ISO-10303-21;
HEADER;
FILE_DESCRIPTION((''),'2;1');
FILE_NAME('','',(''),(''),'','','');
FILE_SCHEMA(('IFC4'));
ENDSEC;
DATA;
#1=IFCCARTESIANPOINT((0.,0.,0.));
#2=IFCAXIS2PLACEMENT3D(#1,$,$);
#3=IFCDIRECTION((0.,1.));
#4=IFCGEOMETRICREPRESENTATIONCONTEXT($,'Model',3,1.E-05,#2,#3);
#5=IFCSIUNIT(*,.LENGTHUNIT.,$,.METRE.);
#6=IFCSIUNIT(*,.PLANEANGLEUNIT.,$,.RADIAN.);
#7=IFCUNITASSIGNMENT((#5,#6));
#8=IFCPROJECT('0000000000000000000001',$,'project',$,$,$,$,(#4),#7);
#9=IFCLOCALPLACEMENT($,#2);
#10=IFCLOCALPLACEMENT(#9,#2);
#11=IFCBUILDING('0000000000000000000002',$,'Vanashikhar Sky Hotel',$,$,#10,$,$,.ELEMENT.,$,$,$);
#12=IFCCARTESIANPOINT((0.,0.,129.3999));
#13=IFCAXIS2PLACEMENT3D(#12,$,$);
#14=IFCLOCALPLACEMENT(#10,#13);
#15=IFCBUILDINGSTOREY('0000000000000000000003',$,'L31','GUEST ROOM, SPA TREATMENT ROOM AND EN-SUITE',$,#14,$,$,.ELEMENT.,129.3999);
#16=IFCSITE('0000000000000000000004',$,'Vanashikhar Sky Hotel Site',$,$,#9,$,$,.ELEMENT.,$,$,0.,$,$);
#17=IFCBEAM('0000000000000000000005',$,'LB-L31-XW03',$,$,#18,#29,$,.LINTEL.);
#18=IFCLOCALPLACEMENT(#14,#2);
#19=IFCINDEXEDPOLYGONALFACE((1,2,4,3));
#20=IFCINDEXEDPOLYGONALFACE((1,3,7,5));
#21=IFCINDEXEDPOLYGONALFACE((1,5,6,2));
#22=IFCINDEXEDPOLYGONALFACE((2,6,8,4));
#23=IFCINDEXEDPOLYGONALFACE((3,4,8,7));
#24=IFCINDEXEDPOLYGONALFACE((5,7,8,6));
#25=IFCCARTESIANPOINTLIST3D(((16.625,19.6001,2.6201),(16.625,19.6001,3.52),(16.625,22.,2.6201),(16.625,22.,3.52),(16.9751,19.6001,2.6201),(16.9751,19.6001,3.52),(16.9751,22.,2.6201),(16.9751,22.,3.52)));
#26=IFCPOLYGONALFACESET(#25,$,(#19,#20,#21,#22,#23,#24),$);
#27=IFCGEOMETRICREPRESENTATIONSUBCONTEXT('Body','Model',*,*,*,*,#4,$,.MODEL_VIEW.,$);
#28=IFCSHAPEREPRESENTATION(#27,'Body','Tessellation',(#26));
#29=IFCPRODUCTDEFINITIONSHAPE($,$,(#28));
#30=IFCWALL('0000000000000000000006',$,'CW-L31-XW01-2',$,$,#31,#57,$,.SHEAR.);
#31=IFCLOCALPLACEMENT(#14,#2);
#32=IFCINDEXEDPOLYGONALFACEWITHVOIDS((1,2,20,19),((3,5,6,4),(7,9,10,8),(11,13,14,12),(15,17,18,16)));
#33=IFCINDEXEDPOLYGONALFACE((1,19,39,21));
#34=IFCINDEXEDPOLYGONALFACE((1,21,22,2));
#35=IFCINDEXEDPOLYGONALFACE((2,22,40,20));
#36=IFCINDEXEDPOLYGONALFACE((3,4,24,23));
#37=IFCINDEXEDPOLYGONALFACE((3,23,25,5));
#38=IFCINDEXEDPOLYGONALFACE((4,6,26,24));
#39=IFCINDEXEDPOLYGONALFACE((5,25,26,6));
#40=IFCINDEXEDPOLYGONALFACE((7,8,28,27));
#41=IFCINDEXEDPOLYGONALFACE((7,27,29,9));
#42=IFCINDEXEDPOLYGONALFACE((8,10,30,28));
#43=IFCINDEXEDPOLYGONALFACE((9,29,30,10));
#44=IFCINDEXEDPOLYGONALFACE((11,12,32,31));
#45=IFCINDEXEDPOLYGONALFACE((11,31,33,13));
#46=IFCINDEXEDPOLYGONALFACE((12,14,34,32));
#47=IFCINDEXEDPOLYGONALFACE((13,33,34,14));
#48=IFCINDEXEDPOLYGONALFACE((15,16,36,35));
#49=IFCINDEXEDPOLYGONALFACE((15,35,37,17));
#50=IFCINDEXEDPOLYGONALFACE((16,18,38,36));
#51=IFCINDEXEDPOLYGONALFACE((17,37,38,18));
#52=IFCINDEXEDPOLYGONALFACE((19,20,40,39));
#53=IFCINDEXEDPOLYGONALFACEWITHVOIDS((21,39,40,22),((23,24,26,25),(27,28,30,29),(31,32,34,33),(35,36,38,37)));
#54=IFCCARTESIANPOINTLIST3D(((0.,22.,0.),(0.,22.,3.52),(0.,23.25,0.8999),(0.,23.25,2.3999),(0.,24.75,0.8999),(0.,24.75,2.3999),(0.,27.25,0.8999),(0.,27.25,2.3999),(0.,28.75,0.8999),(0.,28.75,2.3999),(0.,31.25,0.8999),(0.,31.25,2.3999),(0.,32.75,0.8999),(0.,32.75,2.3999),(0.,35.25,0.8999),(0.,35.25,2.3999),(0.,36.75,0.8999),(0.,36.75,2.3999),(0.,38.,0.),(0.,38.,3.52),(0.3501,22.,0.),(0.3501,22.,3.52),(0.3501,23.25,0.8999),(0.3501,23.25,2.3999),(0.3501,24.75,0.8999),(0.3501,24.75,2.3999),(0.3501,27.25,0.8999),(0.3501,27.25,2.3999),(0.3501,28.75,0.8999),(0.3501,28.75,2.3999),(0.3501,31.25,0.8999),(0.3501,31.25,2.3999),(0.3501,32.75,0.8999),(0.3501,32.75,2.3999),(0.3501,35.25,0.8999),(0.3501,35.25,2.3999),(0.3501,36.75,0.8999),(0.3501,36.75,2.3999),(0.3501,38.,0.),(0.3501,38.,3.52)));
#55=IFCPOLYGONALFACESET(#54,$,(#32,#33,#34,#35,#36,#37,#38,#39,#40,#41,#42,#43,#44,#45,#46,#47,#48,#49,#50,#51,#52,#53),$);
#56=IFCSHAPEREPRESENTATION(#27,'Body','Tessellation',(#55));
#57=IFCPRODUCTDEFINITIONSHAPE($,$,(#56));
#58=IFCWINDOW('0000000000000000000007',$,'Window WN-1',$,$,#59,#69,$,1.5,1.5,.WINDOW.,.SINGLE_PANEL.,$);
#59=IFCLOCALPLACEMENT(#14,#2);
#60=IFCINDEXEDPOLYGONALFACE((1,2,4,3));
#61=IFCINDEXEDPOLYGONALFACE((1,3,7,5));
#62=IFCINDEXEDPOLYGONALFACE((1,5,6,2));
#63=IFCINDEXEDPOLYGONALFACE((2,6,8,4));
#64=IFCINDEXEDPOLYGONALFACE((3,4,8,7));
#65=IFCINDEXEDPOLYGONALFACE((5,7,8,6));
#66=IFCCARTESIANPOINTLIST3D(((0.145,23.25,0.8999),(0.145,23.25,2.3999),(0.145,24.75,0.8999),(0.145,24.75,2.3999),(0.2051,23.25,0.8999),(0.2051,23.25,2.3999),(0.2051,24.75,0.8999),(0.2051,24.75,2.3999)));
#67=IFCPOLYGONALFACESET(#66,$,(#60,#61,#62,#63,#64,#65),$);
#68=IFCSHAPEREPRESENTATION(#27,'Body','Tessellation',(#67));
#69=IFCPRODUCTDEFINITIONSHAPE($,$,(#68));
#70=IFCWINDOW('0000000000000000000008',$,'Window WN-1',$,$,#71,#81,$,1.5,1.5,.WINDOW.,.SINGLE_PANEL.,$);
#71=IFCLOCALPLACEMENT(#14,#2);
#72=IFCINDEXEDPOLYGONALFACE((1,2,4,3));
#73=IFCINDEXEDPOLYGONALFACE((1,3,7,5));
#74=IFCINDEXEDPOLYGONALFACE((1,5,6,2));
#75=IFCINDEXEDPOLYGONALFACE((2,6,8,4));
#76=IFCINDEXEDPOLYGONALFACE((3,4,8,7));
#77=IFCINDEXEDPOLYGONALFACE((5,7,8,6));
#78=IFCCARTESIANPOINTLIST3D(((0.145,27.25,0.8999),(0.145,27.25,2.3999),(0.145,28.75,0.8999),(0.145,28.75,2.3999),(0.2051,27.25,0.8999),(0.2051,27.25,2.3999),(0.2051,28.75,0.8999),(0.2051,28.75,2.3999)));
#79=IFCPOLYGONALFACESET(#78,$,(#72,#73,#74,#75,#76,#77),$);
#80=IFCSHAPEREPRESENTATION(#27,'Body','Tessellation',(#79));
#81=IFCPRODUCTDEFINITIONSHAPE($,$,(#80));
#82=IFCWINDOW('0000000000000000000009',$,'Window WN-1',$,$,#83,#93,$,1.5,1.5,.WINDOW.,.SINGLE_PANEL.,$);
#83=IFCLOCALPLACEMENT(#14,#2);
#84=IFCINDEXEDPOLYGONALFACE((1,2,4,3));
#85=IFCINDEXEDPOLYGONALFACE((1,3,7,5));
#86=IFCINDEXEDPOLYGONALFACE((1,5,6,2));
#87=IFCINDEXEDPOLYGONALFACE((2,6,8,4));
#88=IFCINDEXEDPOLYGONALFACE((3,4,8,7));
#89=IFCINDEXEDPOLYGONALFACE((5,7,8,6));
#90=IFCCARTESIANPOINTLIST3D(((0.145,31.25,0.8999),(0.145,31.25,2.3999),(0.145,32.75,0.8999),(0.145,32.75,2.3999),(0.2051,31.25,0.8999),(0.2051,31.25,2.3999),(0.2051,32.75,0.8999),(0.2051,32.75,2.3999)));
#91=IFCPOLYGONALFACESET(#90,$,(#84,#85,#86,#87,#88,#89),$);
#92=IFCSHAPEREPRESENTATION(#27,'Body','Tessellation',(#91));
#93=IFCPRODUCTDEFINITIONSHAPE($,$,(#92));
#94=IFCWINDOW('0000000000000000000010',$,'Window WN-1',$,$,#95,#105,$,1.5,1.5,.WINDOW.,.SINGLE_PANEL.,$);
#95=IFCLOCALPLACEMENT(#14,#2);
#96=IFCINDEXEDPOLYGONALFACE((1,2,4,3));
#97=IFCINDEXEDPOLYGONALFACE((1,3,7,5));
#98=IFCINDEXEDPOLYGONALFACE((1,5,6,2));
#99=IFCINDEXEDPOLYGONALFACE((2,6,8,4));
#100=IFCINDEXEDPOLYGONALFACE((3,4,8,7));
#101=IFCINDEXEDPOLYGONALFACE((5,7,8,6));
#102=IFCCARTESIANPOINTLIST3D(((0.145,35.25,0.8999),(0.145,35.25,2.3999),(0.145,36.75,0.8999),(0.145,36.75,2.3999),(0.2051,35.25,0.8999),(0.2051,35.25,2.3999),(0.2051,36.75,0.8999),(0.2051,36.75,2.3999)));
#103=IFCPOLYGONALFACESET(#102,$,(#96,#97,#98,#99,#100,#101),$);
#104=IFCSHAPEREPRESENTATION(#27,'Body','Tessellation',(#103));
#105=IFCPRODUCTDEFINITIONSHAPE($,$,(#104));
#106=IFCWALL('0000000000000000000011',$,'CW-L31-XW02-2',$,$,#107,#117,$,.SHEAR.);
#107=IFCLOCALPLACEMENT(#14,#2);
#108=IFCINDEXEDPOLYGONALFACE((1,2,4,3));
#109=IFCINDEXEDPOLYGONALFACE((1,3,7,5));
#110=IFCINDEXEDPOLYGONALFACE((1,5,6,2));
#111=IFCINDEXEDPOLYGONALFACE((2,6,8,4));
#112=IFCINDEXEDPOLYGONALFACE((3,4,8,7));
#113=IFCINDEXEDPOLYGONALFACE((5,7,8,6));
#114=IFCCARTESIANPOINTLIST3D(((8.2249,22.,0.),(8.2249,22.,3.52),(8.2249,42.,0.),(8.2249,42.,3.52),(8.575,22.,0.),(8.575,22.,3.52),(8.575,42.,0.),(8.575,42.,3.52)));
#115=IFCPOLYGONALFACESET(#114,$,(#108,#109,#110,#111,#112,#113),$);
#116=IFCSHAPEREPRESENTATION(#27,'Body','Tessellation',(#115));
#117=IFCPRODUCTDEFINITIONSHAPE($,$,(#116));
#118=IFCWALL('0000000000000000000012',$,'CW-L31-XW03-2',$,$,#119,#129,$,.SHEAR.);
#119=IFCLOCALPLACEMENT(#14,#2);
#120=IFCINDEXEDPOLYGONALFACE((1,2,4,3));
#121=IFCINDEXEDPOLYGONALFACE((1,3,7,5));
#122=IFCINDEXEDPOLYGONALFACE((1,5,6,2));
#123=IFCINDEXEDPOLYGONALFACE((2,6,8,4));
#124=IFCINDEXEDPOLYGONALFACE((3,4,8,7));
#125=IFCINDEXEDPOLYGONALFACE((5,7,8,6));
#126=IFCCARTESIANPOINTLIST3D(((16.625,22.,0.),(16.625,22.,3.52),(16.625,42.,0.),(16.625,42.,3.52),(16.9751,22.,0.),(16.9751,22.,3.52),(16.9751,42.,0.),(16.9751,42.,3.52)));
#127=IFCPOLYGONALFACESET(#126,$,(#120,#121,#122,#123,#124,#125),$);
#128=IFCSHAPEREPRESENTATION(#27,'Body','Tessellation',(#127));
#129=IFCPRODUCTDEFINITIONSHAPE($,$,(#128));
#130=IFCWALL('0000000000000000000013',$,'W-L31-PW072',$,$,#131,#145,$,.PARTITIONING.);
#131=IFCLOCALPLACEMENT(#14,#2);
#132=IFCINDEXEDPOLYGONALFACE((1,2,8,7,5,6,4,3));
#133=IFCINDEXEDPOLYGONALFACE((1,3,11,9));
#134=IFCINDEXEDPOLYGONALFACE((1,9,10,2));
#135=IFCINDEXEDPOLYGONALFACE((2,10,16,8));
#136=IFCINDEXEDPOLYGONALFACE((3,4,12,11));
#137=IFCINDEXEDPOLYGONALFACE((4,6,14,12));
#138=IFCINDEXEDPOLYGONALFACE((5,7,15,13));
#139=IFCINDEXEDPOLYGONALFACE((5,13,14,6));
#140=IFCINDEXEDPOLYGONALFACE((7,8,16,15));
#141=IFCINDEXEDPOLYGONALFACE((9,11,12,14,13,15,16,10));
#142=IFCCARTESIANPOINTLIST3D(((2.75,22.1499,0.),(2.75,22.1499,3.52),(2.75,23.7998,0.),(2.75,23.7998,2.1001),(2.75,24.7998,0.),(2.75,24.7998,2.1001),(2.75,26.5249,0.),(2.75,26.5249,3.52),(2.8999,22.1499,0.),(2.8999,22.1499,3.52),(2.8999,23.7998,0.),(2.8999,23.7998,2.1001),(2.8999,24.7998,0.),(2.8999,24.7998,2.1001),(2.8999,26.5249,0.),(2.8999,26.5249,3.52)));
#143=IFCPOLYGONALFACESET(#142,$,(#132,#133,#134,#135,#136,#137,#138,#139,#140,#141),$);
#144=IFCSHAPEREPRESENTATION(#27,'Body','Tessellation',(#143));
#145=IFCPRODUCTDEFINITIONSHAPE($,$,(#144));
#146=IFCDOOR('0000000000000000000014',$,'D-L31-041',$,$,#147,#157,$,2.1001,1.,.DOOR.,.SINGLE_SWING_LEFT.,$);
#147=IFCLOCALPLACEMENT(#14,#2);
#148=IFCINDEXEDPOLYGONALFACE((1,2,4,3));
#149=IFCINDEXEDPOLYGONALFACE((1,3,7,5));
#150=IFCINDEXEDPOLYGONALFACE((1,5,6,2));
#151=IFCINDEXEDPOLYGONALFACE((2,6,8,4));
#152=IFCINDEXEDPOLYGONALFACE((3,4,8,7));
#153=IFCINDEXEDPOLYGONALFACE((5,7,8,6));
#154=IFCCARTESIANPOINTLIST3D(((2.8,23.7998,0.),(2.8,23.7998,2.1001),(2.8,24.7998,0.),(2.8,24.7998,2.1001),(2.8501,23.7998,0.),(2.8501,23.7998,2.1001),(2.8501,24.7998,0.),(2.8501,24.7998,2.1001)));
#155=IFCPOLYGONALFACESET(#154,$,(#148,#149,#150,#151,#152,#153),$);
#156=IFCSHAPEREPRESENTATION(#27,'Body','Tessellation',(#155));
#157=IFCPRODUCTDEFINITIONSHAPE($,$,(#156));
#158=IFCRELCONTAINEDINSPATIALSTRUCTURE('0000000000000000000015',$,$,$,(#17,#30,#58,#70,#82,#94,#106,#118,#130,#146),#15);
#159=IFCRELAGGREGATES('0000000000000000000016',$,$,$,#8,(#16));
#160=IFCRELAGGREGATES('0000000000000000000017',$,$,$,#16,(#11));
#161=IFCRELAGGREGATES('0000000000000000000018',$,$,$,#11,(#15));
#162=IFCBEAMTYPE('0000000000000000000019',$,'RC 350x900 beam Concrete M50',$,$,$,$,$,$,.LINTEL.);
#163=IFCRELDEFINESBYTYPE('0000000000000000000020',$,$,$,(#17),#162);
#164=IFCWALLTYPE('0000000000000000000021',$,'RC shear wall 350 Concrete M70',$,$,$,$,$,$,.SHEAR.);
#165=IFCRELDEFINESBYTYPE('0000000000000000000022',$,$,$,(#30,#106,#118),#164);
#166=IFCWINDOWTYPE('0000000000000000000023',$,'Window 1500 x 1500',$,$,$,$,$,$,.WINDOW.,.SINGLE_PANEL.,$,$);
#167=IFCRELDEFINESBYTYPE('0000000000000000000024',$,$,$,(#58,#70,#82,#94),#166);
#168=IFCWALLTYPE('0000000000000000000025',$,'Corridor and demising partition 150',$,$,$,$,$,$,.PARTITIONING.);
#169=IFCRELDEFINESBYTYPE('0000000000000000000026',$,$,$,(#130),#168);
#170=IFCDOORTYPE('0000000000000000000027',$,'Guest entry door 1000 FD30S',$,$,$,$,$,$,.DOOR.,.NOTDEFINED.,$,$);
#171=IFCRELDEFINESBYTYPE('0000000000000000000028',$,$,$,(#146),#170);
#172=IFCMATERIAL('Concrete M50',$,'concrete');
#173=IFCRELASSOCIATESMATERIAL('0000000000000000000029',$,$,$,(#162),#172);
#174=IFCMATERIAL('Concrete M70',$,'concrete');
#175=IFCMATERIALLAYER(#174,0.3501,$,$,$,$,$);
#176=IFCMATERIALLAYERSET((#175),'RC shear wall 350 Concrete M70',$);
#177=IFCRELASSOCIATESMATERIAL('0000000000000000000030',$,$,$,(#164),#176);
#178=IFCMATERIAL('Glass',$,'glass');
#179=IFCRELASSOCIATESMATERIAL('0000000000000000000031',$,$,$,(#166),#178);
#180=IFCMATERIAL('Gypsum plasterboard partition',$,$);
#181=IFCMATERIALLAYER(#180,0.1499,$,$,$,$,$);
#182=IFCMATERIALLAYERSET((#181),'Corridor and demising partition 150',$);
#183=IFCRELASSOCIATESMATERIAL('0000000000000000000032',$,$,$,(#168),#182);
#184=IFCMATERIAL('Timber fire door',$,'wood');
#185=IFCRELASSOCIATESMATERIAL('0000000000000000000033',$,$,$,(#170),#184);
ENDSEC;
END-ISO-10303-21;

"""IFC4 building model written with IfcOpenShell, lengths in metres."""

from ifc_helpers import new_model, si_unit, direction, frame, frame_2d, origin, origin_2d, place, context, subcontext, project, spatial, rectangle, extrude, source, transform, mapped, material, layer, layer_set, material_profile, profile_set, type_object, element, fill, save


model = new_model("IFC4")

# Units and contexts
model_context = context("Model", 3, precision=1e-05, world=origin(), true_north=direction((0.0, 1.0)))
body_context = subcontext(model_context, "Body", "Model", "MODEL_VIEW")
ifc_project = project(units=[si_unit("LENGTHUNIT", "METRE"), si_unit("PLANEANGLEUNIT", "RADIAN")], contexts=[model_context])

# Site, building, storey
site_placement = place(None, origin())
site = spatial("IfcSite", under=ifc_project, at=site_placement, Name="Vanashikhar Sky Hotel Site", CompositionType="ELEMENT", RefElevation=0.0)
building_placement = place(site_placement, origin())
building = spatial("IfcBuilding", under=site, at=building_placement, Name="Vanashikhar Sky Hotel", CompositionType="ELEMENT")
storey_placement = place(building_placement, frame((0.0, 0.0, 129.3999)))
storey = spatial("IfcBuildingStorey", under=building, at=storey_placement, Name="L31", Description="GUEST ROOM, SPA TREATMENT ROOM AND EN-SUITE", CompositionType="ELEMENT", Elevation=129.3999)

# Beam
ifc_material_1 = material(Name="Concrete M50", Category="concrete")
ifc_material_profile = material_profile(ifc_material_1, rectangle(XDim=0.3501, YDim=0.8999, at=origin_2d()))
ifc_profile_set = profile_set([ifc_material_profile], Name="RC 350x900 beam Concrete M50")
beam_type = type_object("IfcBeamType", Name="RC 350x900 beam Concrete M50", PredefinedType="LINTEL", material=ifc_profile_set)
shared_shape_1 = source(origin(), body_context, "Body", "SweptSolid", [
    extrude(rectangle(XDim=0.3501, YDim=0.8999, at=origin_2d()), origin(), (0.0, 0.0, 1.0), 2.3999),
])
beam_placement = place(storey_placement, frame((16.8, 19.6001, 3.0701), z_axis=(0.0, 1.0, 0.0), x_axis=(-1.0, 0.0, 0.0)))
element("IfcBeam", 1, at=beam_placement, inside=storey, type_object=beam_type, Name="LB-L31-XW03", PredefinedType="LINTEL", context=body_context, shape_type="MappedRepresentation", body=[
    mapped(shared_shape_1, transform((0.0, 0.0, 0.0), scale=1.0)),
])

# Wall, openings, windows
ifc_material_2 = material(Name="Concrete M70", Category="concrete")
ifc_layer_1 = layer(ifc_material_2, 0.3501)
ifc_layer_set_1 = layer_set([ifc_layer_1], Name="RC shear wall 350 Concrete M70")
wall_type_1 = type_object("IfcWallType", Name="RC shear wall 350 Concrete M70", PredefinedType="SHEAR", material=ifc_layer_set_1)
shared_shape_2 = source(origin(), body_context, "Body", "SweptSolid", [
    extrude(rectangle(XDim=16.0, YDim=0.3501, at=frame_2d((8.0, 0.0))), origin(), (0.0, 0.0, 1.0), 3.52),
])
wall_1_placement = place(storey_placement, frame((0.175, 22.0, 0.0), z_axis=(0.0, 0.0, 1.0), x_axis=(0.0, 1.0, 0.0)))
wall_1 = element("IfcWall", 2, at=wall_1_placement, inside=storey, type_object=wall_type_1, Name="CW-L31-XW01-2", PredefinedType="SHEAR", context=body_context, shape_type="MappedRepresentation", body=[
    mapped(shared_shape_2, transform((0.0, 0.0, 0.0), scale=1.0)),
])
shared_shape_3 = source(origin(), body_context, "Body", "SweptSolid", [
    extrude(rectangle(XDim=1.5, YDim=1.5, at=frame_2d((0.75, 0.75))), frame((0.0, 0.1851, 0.0), z_axis=(0.0, -1.0, 0.0), x_axis=(1.0, 0.0, 0.0)), (0.0, 0.0, 1.0), 0.3701),
])
opening_1_placement = place(wall_1_placement, frame((1.25, 0.0, 0.8999)))
opening_1 = element("IfcOpeningElement", 3, at=opening_1_placement, cuts=wall_1, PredefinedType="OPENING", context=body_context, shape_type="MappedRepresentation", body=[
    mapped(shared_shape_3, transform((0.0, 0.0, 0.0), scale=1.0)),
])
opening_2_placement = place(wall_1_placement, frame((5.25, 0.0, 0.8999)))
opening_2 = element("IfcOpeningElement", 4, at=opening_2_placement, cuts=wall_1, PredefinedType="OPENING", context=body_context, shape_type="MappedRepresentation", body=[
    mapped(shared_shape_3, transform((0.0, 0.0, 0.0), scale=1.0)),
])
opening_3_placement = place(wall_1_placement, frame((9.25, 0.0, 0.8999)))
opening_3 = element("IfcOpeningElement", 5, at=opening_3_placement, cuts=wall_1, PredefinedType="OPENING", context=body_context, shape_type="MappedRepresentation", body=[
    mapped(shared_shape_3, transform((0.0, 0.0, 0.0), scale=1.0)),
])
opening_4_placement = place(wall_1_placement, frame((13.25, 0.0, 0.8999)))
opening_4 = element("IfcOpeningElement", 6, at=opening_4_placement, cuts=wall_1, PredefinedType="OPENING", context=body_context, shape_type="MappedRepresentation", body=[
    mapped(shared_shape_3, transform((0.0, 0.0, 0.0), scale=1.0)),
])
ifc_material_3 = material(Name="Glass", Category="glass")
window_type = type_object("IfcWindowType", Name="Window 1500 x 1500", PartitioningType="SINGLE_PANEL", PredefinedType="WINDOW", material=ifc_material_3)
shared_shape_4 = source(origin(), body_context, "Body", "SweptSolid", [
    extrude(rectangle(XDim=1.5, YDim=1.5, at=frame_2d((0.75, 0.75))), frame((0.0, 0.03, 0.0), z_axis=(0.0, -1.0, 0.0), x_axis=(1.0, 0.0, 0.0)), (0.0, 0.0, 1.0), 0.0601),
])
window_1_placement = place(opening_1_placement, origin())
window_1 = element("IfcWindow", 7, at=window_1_placement, inside=storey, type_object=window_type, Name="Window WN-1", OverallHeight=1.5, OverallWidth=1.5, PartitioningType="SINGLE_PANEL", PredefinedType="WINDOW", context=body_context, shape_type="MappedRepresentation", body=[
    mapped(shared_shape_4, transform((0.0, 0.0, 0.0), scale=1.0)),
])
fill(opening_1, window_1)
window_2_placement = place(opening_2_placement, origin())
window_2 = element("IfcWindow", 8, at=window_2_placement, inside=storey, type_object=window_type, Name="Window WN-1", OverallHeight=1.5, OverallWidth=1.5, PartitioningType="SINGLE_PANEL", PredefinedType="WINDOW", context=body_context, shape_type="MappedRepresentation", body=[
    mapped(shared_shape_4, transform((0.0, 0.0, 0.0), scale=1.0)),
])
fill(opening_2, window_2)
window_3_placement = place(opening_3_placement, origin())
window_3 = element("IfcWindow", 9, at=window_3_placement, inside=storey, type_object=window_type, Name="Window WN-1", OverallHeight=1.5, OverallWidth=1.5, PartitioningType="SINGLE_PANEL", PredefinedType="WINDOW", context=body_context, shape_type="MappedRepresentation", body=[
    mapped(shared_shape_4, transform((0.0, 0.0, 0.0), scale=1.0)),
])
fill(opening_3, window_3)
window_4_placement = place(opening_4_placement, origin())
window_4 = element("IfcWindow", 10, at=window_4_placement, inside=storey, type_object=window_type, Name="Window WN-1", OverallHeight=1.5, OverallWidth=1.5, PartitioningType="SINGLE_PANEL", PredefinedType="WINDOW", context=body_context, shape_type="MappedRepresentation", body=[
    mapped(shared_shape_4, transform((0.0, 0.0, 0.0), scale=1.0)),
])
fill(opening_4, window_4)

# Walls
shared_shape_5 = source(origin(), body_context, "Body", "SweptSolid", [
    extrude(rectangle(XDim=20.0, YDim=0.3501, at=frame_2d((10.0, 0.0))), origin(), (0.0, 0.0, 1.0), 3.52),
])
for number, where, z_axis, x_axis, name in (
    (11, (8.3999, 22.0, 0.0), (0.0, 0.0, 1.0), (0.0, 1.0, 0.0), "CW-L31-XW02-2"),
    (12, (16.8, 22.0, 0.0), (0.0, 0.0, 1.0), (0.0, 1.0, 0.0), "CW-L31-XW03-2"),
):
    element("IfcWall", number, at=place(storey_placement, frame(where, z_axis=z_axis, x_axis=x_axis)), inside=storey, type_object=wall_type_1, Name=name, PredefinedType="SHEAR", context=body_context, shape_type="MappedRepresentation", body=[
        mapped(shared_shape_5, transform((0.0, 0.0, 0.0), scale=1.0)),
    ])

# Wall, opening, door
ifc_material_4 = material(Name="Gypsum plasterboard partition")
ifc_layer_2 = layer(ifc_material_4, 0.1499)
ifc_layer_set_2 = layer_set([ifc_layer_2], Name="Corridor and demising partition 150")
wall_type_2 = type_object("IfcWallType", Name="Corridor and demising partition 150", PredefinedType="PARTITIONING", material=ifc_layer_set_2)
shared_shape_6 = source(origin(), body_context, "Body", "SweptSolid", [
    extrude(rectangle(XDim=4.375, YDim=0.1499, at=frame_2d((2.1875, 0.0))), origin(), (0.0, 0.0, 1.0), 3.52),
])
wall_2_placement = place(storey_placement, frame((2.825, 22.1499, 0.0), z_axis=(0.0, 0.0, 1.0), x_axis=(0.0, 1.0, 0.0)))
wall_2 = element("IfcWall", 13, at=wall_2_placement, inside=storey, type_object=wall_type_2, Name="W-L31-PW072", PredefinedType="PARTITIONING", context=body_context, shape_type="MappedRepresentation", body=[
    mapped(shared_shape_6, transform((0.0, 0.0, 0.0), scale=1.0)),
])
shared_shape_7 = source(origin(), body_context, "Body", "SweptSolid", [
    extrude(rectangle(XDim=1.0, YDim=2.1001, at=frame_2d((0.5, 1.05))), frame((0.0, 0.085, 0.0), z_axis=(0.0, -1.0, 0.0), x_axis=(1.0, 0.0, 0.0)), (0.0, 0.0, 1.0), 0.1699),
])
opening_5_placement = place(wall_2_placement, frame((1.6499, 0.0, 0.0)))
opening_5 = element("IfcOpeningElement", 14, at=opening_5_placement, cuts=wall_2, PredefinedType="OPENING", context=body_context, shape_type="MappedRepresentation", body=[
    mapped(shared_shape_7, transform((0.0, 0.0, 0.0), scale=1.0)),
])
ifc_material_5 = material(Name="Timber fire door", Category="wood")
door_type_1 = type_object("IfcDoorType", Name="Guest entry door 1000 FD30S", OperationType="NOTDEFINED", PredefinedType="DOOR", material=ifc_material_5)
shared_shape_8 = source(origin(), body_context, "Body", "SweptSolid", [
    extrude(rectangle(XDim=1.0, YDim=2.1001, at=frame_2d((0.5, 1.05))), frame((0.0, 0.0249, 0.0), z_axis=(0.0, -1.0, 0.0), x_axis=(1.0, 0.0, 0.0)), (0.0, 0.0, 1.0), 0.05),
])
door_1_placement = place(opening_5_placement, origin())
door_1 = element("IfcDoor", 15, at=door_1_placement, inside=storey, type_object=door_type_1, Name="D-L31-041", OperationType="SINGLE_SWING_LEFT", OverallHeight=2.1001, OverallWidth=1.0, PredefinedType="DOOR", context=body_context, shape_type="MappedRepresentation", body=[
    mapped(shared_shape_8, transform((0.0, 0.0, 0.0), scale=1.0)),
])
fill(opening_5, door_1)

save(model, "model.ifc")
